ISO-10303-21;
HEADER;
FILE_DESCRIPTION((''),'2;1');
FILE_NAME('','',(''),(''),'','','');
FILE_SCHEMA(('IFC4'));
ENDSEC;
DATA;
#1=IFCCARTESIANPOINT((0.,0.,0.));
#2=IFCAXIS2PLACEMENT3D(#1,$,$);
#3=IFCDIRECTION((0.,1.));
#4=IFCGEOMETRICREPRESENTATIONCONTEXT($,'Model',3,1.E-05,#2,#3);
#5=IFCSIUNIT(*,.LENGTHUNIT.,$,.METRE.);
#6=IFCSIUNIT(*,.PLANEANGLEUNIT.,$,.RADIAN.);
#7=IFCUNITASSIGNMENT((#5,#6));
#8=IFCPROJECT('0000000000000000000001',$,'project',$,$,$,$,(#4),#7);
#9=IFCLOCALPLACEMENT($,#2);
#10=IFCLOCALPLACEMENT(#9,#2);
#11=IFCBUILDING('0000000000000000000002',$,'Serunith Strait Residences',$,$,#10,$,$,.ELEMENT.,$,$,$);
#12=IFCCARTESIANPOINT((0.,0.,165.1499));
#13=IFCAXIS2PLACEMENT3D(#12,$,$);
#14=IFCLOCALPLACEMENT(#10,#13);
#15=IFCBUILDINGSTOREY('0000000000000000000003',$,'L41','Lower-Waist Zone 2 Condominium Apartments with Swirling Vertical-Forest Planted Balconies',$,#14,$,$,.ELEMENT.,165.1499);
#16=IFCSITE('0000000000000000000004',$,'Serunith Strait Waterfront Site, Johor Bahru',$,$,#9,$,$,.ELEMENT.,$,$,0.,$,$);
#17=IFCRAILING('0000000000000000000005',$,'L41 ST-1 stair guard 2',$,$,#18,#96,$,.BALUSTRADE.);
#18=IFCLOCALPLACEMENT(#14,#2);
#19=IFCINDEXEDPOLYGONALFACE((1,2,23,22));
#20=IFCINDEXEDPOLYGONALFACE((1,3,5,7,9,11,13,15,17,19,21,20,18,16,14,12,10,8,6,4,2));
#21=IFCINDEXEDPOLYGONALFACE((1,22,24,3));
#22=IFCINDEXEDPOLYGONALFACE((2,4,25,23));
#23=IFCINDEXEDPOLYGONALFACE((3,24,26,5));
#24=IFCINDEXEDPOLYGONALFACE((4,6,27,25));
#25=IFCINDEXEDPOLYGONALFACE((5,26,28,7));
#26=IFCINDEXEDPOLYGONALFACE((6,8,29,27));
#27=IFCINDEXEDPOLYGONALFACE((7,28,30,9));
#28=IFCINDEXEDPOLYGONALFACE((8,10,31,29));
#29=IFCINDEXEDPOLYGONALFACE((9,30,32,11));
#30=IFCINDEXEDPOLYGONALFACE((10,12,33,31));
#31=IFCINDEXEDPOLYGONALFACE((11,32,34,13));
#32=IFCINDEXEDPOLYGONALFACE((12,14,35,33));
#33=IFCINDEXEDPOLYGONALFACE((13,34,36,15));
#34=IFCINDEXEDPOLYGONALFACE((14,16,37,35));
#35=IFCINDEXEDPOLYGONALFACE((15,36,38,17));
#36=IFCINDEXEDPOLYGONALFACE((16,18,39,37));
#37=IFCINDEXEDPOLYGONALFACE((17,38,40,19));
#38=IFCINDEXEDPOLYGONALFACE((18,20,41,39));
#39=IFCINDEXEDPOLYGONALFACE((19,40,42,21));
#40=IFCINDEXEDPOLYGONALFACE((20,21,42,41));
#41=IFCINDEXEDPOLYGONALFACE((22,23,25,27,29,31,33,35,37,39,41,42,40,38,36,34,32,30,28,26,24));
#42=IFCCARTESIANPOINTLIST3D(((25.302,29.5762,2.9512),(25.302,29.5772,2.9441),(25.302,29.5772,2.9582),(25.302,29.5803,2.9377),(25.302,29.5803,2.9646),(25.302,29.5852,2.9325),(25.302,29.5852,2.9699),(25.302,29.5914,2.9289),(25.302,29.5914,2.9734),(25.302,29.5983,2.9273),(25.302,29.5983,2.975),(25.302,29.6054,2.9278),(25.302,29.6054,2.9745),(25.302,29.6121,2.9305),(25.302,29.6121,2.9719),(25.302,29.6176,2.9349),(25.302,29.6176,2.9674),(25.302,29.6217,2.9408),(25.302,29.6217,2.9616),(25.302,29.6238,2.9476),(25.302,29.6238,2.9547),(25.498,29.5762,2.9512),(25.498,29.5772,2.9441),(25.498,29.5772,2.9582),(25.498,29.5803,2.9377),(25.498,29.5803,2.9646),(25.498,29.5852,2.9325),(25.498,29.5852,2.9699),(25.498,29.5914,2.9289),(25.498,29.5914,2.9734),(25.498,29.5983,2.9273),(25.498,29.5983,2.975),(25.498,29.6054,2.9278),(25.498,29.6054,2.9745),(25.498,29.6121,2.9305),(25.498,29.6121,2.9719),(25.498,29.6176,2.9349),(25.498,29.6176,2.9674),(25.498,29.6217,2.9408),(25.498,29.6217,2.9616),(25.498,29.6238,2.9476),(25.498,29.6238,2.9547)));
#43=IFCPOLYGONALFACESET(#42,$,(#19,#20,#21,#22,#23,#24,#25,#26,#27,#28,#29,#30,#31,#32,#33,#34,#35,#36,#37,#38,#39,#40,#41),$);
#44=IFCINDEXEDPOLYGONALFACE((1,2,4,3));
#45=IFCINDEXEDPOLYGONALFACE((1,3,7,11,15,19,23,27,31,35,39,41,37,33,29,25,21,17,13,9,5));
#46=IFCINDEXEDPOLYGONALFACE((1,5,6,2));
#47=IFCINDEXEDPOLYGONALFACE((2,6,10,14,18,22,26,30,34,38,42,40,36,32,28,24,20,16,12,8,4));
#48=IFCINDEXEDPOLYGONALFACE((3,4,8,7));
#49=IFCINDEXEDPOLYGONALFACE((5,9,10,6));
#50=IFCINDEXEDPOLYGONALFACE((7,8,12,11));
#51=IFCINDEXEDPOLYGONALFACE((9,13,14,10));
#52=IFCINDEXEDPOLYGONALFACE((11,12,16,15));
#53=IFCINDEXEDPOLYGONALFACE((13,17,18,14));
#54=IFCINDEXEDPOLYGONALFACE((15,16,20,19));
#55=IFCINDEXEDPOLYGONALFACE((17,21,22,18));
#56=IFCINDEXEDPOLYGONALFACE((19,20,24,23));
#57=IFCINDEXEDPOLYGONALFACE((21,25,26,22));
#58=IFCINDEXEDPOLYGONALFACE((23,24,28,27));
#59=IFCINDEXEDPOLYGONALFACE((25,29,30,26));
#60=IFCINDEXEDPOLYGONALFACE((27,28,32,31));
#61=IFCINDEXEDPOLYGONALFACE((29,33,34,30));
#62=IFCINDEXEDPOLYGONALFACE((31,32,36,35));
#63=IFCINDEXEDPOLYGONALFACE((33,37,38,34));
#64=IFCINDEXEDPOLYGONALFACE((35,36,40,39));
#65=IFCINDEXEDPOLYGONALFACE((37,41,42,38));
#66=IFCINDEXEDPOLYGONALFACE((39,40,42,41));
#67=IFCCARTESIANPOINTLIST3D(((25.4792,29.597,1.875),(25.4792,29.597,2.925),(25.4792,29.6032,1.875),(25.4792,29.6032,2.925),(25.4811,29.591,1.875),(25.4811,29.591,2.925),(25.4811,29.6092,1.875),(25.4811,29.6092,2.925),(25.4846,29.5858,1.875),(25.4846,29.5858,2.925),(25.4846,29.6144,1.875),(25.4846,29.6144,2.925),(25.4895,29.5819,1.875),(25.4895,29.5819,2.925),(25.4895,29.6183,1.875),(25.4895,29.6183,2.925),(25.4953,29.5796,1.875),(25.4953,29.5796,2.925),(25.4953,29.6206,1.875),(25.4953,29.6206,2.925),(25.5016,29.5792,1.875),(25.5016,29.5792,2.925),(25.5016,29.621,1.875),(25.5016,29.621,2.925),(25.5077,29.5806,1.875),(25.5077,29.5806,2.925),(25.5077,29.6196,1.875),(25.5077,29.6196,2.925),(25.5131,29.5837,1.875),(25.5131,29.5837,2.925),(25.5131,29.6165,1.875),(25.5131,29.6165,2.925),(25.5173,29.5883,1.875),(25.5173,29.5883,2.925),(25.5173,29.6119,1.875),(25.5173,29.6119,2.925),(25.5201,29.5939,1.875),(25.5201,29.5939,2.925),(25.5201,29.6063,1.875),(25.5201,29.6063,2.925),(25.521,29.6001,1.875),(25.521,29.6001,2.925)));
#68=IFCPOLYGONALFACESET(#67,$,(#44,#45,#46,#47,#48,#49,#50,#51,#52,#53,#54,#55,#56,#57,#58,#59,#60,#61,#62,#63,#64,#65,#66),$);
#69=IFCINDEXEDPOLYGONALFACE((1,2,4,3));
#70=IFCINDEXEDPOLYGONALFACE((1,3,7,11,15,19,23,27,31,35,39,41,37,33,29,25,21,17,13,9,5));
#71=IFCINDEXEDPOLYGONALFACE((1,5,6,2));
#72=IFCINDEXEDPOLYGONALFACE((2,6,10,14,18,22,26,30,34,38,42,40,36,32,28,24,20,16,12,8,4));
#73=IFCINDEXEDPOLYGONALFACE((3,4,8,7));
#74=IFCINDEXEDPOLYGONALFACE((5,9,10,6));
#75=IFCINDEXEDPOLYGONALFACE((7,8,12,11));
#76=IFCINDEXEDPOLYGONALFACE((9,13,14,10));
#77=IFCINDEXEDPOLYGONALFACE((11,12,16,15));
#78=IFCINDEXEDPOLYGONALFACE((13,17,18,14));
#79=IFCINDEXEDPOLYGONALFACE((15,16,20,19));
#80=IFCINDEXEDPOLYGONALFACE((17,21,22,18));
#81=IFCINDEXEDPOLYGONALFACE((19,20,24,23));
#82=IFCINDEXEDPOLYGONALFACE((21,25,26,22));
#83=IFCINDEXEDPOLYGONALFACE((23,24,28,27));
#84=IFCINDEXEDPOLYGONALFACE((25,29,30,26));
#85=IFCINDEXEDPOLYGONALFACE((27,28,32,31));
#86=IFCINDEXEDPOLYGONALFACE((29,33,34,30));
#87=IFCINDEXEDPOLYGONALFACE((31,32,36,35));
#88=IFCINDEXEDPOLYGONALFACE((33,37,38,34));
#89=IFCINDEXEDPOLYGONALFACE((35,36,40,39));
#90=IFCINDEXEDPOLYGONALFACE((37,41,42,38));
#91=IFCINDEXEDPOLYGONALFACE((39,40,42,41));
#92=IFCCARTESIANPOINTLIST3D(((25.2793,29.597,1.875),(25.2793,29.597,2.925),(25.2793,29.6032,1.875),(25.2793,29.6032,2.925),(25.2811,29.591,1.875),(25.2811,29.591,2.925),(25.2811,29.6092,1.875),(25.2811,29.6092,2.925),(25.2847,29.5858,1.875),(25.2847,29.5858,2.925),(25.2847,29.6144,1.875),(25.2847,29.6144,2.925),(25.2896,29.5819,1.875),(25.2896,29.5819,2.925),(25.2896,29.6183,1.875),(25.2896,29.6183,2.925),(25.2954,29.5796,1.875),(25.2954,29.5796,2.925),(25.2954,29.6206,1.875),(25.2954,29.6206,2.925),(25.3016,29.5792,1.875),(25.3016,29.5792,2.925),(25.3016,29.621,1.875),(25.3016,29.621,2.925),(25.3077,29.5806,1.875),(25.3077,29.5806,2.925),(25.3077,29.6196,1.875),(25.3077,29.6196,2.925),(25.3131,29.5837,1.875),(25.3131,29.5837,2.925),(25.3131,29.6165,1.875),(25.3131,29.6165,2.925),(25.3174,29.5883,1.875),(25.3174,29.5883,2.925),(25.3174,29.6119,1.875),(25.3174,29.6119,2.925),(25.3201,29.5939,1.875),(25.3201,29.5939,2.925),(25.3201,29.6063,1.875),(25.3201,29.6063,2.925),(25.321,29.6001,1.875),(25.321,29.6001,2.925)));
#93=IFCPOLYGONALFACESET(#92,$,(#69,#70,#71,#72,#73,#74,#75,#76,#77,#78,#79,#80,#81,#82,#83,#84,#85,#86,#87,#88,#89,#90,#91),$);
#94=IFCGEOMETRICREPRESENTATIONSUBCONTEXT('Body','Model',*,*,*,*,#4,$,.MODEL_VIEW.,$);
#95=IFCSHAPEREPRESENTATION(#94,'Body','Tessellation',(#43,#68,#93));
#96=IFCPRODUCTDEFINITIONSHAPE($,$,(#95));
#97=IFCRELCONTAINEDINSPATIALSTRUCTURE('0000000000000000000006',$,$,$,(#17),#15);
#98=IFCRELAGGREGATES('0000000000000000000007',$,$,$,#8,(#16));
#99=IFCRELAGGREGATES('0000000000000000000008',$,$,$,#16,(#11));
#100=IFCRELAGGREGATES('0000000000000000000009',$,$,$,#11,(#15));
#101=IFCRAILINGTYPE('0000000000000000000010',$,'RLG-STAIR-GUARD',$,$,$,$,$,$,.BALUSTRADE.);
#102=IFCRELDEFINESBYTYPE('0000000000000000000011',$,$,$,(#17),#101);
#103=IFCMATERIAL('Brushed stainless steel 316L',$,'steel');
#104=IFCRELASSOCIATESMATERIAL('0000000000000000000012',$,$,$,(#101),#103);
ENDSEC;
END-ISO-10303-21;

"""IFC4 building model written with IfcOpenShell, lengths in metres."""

from ifc_helpers import new_model, si_unit, direction, frame, origin, origin_2d, place, context, subcontext, project, spatial, circle, extrude, material, type_object, element, save


model = new_model("IFC4")

# Units and contexts
model_context = context("Model", 3, precision=1e-05, world=origin(), true_north=direction((0.0, 1.0)))
body_context = subcontext(model_context, "Body", "Model", "MODEL_VIEW")
ifc_project = project(units=[si_unit("LENGTHUNIT", "METRE"), si_unit("PLANEANGLEUNIT", "RADIAN")], contexts=[model_context])

# Site, building, storey
site_placement = place(None, origin())
site = spatial("IfcSite", under=ifc_project, at=site_placement, Name="Serunith Strait Waterfront Site, Johor Bahru", CompositionType="ELEMENT", RefElevation=0.0)
building_placement = place(site_placement, origin())
building = spatial("IfcBuilding", under=site, at=building_placement, Name="Serunith Strait Residences", CompositionType="ELEMENT")
storey_placement = place(building_placement, frame((0.0, 0.0, 165.1499)))
storey = spatial("IfcBuildingStorey", under=building, at=storey_placement, Name="L41", Description="Lower-Waist Zone 2 Condominium Apartments with Swirling Vertical-Forest Planted Balconies", CompositionType="ELEMENT", Elevation=165.1499)

# Railing
ifc_material_1 = material(Name="Brushed stainless steel 316L", Category="steel")
railing_type_1 = type_object("IfcRailingType", Name="RLG-STAIR-GUARD", PredefinedType="BALUSTRADE", material=ifc_material_1)
railing_1_placement = place(storey_placement, frame((25.5, 29.6001, 1.875)))
element("IfcRailing", 1, at=railing_1_placement, inside=storey, type_object=railing_type_1, Name="L41 ST-1 stair guard 2", PredefinedType="BALUSTRADE", context=body_context, shape_type="SweptSolid", body=[
    extrude(circle(Radius=0.0239, at=origin_2d()), frame((-0.002, 0.0, 1.0762), z_axis=(-1.0, 0.0, 0.0), x_axis=(0.0, -1.0, 0.0)), (0.0, 0.0, 1.0), 0.196),
    extrude(circle(Radius=0.021, at=origin_2d()), origin(), (0.0, 0.0, 1.0), 1.05),
    extrude(circle(Radius=0.021, at=origin_2d()), frame((-0.2, 0.0, 0.0)), (0.0, 0.0, 1.0), 1.05),
])

save(model, "model.ifc")
